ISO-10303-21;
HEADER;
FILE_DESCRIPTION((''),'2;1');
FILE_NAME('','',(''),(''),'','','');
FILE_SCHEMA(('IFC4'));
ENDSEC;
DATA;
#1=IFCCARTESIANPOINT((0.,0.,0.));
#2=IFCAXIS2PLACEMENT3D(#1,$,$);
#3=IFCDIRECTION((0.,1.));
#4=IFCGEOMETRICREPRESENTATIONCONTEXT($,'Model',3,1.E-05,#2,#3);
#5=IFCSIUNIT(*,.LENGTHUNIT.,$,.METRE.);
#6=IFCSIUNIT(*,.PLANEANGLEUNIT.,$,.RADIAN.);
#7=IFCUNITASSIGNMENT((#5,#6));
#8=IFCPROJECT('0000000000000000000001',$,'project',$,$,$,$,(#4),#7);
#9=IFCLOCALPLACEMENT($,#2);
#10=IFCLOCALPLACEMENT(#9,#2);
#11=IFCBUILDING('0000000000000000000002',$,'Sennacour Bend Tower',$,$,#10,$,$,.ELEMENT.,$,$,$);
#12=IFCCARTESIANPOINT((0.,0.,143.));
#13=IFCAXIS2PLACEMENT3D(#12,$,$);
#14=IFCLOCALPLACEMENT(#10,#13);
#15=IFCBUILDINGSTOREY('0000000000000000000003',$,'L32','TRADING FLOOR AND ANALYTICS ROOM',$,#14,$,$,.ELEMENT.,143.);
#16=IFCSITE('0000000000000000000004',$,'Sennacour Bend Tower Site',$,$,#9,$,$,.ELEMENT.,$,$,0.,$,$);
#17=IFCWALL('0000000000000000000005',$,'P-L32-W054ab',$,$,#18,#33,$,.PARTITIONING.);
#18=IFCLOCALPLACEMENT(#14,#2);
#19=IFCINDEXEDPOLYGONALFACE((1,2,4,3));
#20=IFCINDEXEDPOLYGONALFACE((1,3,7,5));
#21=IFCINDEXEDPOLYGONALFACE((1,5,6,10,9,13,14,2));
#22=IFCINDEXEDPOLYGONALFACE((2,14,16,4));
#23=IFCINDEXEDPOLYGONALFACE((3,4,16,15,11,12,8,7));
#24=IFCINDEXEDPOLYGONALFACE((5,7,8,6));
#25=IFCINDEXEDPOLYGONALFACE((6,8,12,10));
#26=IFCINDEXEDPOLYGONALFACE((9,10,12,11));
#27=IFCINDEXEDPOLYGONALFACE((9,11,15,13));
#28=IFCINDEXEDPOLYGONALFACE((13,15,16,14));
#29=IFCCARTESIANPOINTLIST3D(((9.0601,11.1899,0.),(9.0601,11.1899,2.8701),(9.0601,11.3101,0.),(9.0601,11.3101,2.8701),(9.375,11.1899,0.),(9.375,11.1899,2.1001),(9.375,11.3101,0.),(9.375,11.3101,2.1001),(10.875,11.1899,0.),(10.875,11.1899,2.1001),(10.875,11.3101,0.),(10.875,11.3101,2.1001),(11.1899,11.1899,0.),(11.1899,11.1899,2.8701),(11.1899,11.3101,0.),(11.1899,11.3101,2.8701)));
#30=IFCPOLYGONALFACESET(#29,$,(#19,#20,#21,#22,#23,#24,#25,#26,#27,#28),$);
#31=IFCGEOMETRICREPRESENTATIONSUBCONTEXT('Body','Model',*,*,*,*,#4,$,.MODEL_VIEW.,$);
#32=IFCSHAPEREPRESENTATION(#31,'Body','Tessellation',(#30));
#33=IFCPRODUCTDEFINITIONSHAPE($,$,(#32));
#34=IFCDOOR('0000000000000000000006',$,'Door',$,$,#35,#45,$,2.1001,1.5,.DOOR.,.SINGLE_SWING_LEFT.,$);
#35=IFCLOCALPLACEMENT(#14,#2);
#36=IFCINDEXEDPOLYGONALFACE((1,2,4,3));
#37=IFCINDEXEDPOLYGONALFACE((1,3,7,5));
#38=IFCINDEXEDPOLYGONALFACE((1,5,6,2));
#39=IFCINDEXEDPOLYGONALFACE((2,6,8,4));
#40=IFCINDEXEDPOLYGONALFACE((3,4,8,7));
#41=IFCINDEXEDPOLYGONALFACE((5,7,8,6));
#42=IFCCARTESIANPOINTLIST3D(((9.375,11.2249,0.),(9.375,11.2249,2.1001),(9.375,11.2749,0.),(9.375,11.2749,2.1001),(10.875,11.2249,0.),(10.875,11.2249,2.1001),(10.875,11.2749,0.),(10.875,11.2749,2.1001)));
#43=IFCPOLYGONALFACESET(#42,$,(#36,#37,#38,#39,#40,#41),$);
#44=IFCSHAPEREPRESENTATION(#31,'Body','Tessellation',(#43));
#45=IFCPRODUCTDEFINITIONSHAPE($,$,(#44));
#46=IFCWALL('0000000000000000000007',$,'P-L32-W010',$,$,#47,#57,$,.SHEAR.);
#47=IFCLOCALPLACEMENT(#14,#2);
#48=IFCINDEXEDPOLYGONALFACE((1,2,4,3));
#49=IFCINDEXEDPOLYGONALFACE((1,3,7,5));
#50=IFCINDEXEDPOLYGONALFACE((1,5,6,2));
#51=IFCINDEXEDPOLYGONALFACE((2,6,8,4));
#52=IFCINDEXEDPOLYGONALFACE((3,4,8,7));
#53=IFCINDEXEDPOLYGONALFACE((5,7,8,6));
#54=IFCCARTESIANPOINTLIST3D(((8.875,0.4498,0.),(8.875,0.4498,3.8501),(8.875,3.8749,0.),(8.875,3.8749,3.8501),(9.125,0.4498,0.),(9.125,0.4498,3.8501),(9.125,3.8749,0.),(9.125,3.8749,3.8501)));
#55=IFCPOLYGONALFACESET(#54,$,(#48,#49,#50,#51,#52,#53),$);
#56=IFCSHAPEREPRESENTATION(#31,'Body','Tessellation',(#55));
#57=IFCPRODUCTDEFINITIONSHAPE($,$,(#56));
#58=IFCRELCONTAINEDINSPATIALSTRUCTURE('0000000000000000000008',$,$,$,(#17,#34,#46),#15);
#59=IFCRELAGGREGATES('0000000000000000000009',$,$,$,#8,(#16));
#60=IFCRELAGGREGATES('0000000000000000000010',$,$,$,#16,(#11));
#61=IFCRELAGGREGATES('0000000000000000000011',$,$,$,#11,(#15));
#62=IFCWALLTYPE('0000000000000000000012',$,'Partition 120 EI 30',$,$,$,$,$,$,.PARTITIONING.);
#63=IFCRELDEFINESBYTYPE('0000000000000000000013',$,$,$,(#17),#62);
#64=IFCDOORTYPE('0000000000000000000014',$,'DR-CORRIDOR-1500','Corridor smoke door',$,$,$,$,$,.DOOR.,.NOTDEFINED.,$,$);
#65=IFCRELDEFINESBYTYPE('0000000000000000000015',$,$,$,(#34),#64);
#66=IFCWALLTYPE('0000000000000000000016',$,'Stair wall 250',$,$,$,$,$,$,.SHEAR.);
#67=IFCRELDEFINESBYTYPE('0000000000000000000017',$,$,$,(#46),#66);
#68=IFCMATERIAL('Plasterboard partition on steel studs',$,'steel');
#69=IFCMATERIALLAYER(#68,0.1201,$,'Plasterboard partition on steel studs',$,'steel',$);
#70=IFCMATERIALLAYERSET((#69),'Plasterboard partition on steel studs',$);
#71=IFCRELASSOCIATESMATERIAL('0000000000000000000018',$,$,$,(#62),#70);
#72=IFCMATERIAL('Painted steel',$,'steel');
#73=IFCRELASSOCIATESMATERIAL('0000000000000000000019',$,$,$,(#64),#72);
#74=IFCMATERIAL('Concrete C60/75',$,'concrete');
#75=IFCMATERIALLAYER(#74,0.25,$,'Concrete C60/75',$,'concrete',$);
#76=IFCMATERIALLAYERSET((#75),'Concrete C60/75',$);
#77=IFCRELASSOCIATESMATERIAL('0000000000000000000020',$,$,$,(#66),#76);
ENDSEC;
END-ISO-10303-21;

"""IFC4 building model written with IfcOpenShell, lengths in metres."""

from ifc_helpers import new_model, si_unit, direction, frame, frame_2d, origin, place, context, subcontext, project, spatial, rectangle, extrude, material, layer, layer_set, type_object, element, fill, save


model = new_model("IFC4")

# Units and contexts
model_context = context("Model", 3, precision=1e-05, world=origin(), true_north=direction((0.0, 1.0)))
body_context = subcontext(model_context, "Body", "Model", "MODEL_VIEW")
ifc_project = project(units=[si_unit("LENGTHUNIT", "METRE"), si_unit("PLANEANGLEUNIT", "RADIAN")], contexts=[model_context])

# Site, building, storey
site_placement = place(None, origin())
site = spatial("IfcSite", under=ifc_project, at=site_placement, Name="Sennacour Bend Tower Site", CompositionType="ELEMENT", RefElevation=0.0)
building_placement = place(site_placement, origin())
building = spatial("IfcBuilding", under=site, at=building_placement, Name="Sennacour Bend Tower", CompositionType="ELEMENT")
storey_placement = place(building_placement, frame((0.0, 0.0, 143.0)))
storey = spatial("IfcBuildingStorey", under=building, at=storey_placement, Name="L32", Description="TRADING FLOOR AND ANALYTICS ROOM", CompositionType="ELEMENT", Elevation=143.0)

# Shared definitions
ifc_material_1 = material(Name="Plasterboard partition on steel studs", Category="steel")

# Wall, opening, door
ifc_layer_1 = layer(ifc_material_1, 0.1201, Name="Plasterboard partition on steel studs", Category="steel")
ifc_layer_set_1 = layer_set([ifc_layer_1], Name="Plasterboard partition on steel studs")
wall_type_1 = type_object("IfcWallType", Name="Partition 120 EI 30", PredefinedType="PARTITIONING", material=ifc_layer_set_1)
wall_1_placement = place(storey_placement, frame((9.0601, 11.25, 0.0), z_axis=(0.0, 0.0, 1.0), x_axis=(1.0, 0.0, 0.0)))
wall_1 = element("IfcWall", 1, at=wall_1_placement, inside=storey, type_object=wall_type_1, Name="P-L32-W054ab", PredefinedType="PARTITIONING", context=body_context, shape_type="SweptSolid", body=[
    extrude(rectangle(XDim=2.1299, YDim=0.1201, at=frame_2d((1.0649, 0.0))), origin(), (0.0, 0.0, 1.0), 2.8701),
])
opening_1_placement = place(wall_1_placement, frame((0.3149, 0.0, 0.0)))
opening_1 = element("IfcOpeningElement", 2, at=opening_1_placement, cuts=wall_1, PredefinedType="OPENING", context=body_context, shape_type="SweptSolid", body=[
    extrude(rectangle(XDim=1.5, YDim=2.1001, at=frame_2d((0.75, 1.05))), frame((0.0, 0.0701, 0.0), z_axis=(0.0, -1.0, 0.0), x_axis=(1.0, 0.0, 0.0)), (0.0, 0.0, 1.0), 0.1401),
])
ifc_material_2 = material(Name="Painted steel", Category="steel")
door_type_1 = type_object("IfcDoorType", Name="DR-CORRIDOR-1500", Description="Corridor smoke door", OperationType="NOTDEFINED", PredefinedType="DOOR", material=ifc_material_2)
door_1_placement = place(opening_1_placement, origin())
door_1 = element("IfcDoor", 3, at=door_1_placement, inside=storey, type_object=door_type_1, Name="Door", OperationType="SINGLE_SWING_LEFT", OverallHeight=2.1001, OverallWidth=1.5, PredefinedType="DOOR", context=body_context, shape_type="SweptSolid", body=[
    extrude(rectangle(XDim=1.5, YDim=2.1001, at=frame_2d((0.75, 1.05))), frame((0.0, 0.0249, 0.0), z_axis=(0.0, -1.0, 0.0), x_axis=(1.0, 0.0, 0.0)), (0.0, 0.0, 1.0), 0.05),
])
fill(opening_1, door_1)

# Wall
ifc_material_3 = material(Name="Concrete C60/75", Category="concrete")
ifc_layer_2 = layer(ifc_material_3, 0.25, Name="Concrete C60/75", Category="concrete")
ifc_layer_set_2 = layer_set([ifc_layer_2], Name="Concrete C60/75")
wall_type_2 = type_object("IfcWallType", Name="Stair wall 250", PredefinedType="SHEAR", material=ifc_layer_set_2)
wall_2_placement = place(storey_placement, frame((9.0, 0.45, 0.0), z_axis=(0.0, 0.0, 1.0), x_axis=(0.0, 1.0, 0.0)))
element("IfcWall", 4, at=wall_2_placement, inside=storey, type_object=wall_type_2, Name="P-L32-W010", PredefinedType="SHEAR", context=body_context, shape_type="SweptSolid", body=[
    extrude(rectangle(XDim=3.425, YDim=0.25, at=frame_2d((1.7124, 0.0))), origin(), (0.0, 0.0, 1.0), 3.8501),
])

save(model, "model.ifc")
